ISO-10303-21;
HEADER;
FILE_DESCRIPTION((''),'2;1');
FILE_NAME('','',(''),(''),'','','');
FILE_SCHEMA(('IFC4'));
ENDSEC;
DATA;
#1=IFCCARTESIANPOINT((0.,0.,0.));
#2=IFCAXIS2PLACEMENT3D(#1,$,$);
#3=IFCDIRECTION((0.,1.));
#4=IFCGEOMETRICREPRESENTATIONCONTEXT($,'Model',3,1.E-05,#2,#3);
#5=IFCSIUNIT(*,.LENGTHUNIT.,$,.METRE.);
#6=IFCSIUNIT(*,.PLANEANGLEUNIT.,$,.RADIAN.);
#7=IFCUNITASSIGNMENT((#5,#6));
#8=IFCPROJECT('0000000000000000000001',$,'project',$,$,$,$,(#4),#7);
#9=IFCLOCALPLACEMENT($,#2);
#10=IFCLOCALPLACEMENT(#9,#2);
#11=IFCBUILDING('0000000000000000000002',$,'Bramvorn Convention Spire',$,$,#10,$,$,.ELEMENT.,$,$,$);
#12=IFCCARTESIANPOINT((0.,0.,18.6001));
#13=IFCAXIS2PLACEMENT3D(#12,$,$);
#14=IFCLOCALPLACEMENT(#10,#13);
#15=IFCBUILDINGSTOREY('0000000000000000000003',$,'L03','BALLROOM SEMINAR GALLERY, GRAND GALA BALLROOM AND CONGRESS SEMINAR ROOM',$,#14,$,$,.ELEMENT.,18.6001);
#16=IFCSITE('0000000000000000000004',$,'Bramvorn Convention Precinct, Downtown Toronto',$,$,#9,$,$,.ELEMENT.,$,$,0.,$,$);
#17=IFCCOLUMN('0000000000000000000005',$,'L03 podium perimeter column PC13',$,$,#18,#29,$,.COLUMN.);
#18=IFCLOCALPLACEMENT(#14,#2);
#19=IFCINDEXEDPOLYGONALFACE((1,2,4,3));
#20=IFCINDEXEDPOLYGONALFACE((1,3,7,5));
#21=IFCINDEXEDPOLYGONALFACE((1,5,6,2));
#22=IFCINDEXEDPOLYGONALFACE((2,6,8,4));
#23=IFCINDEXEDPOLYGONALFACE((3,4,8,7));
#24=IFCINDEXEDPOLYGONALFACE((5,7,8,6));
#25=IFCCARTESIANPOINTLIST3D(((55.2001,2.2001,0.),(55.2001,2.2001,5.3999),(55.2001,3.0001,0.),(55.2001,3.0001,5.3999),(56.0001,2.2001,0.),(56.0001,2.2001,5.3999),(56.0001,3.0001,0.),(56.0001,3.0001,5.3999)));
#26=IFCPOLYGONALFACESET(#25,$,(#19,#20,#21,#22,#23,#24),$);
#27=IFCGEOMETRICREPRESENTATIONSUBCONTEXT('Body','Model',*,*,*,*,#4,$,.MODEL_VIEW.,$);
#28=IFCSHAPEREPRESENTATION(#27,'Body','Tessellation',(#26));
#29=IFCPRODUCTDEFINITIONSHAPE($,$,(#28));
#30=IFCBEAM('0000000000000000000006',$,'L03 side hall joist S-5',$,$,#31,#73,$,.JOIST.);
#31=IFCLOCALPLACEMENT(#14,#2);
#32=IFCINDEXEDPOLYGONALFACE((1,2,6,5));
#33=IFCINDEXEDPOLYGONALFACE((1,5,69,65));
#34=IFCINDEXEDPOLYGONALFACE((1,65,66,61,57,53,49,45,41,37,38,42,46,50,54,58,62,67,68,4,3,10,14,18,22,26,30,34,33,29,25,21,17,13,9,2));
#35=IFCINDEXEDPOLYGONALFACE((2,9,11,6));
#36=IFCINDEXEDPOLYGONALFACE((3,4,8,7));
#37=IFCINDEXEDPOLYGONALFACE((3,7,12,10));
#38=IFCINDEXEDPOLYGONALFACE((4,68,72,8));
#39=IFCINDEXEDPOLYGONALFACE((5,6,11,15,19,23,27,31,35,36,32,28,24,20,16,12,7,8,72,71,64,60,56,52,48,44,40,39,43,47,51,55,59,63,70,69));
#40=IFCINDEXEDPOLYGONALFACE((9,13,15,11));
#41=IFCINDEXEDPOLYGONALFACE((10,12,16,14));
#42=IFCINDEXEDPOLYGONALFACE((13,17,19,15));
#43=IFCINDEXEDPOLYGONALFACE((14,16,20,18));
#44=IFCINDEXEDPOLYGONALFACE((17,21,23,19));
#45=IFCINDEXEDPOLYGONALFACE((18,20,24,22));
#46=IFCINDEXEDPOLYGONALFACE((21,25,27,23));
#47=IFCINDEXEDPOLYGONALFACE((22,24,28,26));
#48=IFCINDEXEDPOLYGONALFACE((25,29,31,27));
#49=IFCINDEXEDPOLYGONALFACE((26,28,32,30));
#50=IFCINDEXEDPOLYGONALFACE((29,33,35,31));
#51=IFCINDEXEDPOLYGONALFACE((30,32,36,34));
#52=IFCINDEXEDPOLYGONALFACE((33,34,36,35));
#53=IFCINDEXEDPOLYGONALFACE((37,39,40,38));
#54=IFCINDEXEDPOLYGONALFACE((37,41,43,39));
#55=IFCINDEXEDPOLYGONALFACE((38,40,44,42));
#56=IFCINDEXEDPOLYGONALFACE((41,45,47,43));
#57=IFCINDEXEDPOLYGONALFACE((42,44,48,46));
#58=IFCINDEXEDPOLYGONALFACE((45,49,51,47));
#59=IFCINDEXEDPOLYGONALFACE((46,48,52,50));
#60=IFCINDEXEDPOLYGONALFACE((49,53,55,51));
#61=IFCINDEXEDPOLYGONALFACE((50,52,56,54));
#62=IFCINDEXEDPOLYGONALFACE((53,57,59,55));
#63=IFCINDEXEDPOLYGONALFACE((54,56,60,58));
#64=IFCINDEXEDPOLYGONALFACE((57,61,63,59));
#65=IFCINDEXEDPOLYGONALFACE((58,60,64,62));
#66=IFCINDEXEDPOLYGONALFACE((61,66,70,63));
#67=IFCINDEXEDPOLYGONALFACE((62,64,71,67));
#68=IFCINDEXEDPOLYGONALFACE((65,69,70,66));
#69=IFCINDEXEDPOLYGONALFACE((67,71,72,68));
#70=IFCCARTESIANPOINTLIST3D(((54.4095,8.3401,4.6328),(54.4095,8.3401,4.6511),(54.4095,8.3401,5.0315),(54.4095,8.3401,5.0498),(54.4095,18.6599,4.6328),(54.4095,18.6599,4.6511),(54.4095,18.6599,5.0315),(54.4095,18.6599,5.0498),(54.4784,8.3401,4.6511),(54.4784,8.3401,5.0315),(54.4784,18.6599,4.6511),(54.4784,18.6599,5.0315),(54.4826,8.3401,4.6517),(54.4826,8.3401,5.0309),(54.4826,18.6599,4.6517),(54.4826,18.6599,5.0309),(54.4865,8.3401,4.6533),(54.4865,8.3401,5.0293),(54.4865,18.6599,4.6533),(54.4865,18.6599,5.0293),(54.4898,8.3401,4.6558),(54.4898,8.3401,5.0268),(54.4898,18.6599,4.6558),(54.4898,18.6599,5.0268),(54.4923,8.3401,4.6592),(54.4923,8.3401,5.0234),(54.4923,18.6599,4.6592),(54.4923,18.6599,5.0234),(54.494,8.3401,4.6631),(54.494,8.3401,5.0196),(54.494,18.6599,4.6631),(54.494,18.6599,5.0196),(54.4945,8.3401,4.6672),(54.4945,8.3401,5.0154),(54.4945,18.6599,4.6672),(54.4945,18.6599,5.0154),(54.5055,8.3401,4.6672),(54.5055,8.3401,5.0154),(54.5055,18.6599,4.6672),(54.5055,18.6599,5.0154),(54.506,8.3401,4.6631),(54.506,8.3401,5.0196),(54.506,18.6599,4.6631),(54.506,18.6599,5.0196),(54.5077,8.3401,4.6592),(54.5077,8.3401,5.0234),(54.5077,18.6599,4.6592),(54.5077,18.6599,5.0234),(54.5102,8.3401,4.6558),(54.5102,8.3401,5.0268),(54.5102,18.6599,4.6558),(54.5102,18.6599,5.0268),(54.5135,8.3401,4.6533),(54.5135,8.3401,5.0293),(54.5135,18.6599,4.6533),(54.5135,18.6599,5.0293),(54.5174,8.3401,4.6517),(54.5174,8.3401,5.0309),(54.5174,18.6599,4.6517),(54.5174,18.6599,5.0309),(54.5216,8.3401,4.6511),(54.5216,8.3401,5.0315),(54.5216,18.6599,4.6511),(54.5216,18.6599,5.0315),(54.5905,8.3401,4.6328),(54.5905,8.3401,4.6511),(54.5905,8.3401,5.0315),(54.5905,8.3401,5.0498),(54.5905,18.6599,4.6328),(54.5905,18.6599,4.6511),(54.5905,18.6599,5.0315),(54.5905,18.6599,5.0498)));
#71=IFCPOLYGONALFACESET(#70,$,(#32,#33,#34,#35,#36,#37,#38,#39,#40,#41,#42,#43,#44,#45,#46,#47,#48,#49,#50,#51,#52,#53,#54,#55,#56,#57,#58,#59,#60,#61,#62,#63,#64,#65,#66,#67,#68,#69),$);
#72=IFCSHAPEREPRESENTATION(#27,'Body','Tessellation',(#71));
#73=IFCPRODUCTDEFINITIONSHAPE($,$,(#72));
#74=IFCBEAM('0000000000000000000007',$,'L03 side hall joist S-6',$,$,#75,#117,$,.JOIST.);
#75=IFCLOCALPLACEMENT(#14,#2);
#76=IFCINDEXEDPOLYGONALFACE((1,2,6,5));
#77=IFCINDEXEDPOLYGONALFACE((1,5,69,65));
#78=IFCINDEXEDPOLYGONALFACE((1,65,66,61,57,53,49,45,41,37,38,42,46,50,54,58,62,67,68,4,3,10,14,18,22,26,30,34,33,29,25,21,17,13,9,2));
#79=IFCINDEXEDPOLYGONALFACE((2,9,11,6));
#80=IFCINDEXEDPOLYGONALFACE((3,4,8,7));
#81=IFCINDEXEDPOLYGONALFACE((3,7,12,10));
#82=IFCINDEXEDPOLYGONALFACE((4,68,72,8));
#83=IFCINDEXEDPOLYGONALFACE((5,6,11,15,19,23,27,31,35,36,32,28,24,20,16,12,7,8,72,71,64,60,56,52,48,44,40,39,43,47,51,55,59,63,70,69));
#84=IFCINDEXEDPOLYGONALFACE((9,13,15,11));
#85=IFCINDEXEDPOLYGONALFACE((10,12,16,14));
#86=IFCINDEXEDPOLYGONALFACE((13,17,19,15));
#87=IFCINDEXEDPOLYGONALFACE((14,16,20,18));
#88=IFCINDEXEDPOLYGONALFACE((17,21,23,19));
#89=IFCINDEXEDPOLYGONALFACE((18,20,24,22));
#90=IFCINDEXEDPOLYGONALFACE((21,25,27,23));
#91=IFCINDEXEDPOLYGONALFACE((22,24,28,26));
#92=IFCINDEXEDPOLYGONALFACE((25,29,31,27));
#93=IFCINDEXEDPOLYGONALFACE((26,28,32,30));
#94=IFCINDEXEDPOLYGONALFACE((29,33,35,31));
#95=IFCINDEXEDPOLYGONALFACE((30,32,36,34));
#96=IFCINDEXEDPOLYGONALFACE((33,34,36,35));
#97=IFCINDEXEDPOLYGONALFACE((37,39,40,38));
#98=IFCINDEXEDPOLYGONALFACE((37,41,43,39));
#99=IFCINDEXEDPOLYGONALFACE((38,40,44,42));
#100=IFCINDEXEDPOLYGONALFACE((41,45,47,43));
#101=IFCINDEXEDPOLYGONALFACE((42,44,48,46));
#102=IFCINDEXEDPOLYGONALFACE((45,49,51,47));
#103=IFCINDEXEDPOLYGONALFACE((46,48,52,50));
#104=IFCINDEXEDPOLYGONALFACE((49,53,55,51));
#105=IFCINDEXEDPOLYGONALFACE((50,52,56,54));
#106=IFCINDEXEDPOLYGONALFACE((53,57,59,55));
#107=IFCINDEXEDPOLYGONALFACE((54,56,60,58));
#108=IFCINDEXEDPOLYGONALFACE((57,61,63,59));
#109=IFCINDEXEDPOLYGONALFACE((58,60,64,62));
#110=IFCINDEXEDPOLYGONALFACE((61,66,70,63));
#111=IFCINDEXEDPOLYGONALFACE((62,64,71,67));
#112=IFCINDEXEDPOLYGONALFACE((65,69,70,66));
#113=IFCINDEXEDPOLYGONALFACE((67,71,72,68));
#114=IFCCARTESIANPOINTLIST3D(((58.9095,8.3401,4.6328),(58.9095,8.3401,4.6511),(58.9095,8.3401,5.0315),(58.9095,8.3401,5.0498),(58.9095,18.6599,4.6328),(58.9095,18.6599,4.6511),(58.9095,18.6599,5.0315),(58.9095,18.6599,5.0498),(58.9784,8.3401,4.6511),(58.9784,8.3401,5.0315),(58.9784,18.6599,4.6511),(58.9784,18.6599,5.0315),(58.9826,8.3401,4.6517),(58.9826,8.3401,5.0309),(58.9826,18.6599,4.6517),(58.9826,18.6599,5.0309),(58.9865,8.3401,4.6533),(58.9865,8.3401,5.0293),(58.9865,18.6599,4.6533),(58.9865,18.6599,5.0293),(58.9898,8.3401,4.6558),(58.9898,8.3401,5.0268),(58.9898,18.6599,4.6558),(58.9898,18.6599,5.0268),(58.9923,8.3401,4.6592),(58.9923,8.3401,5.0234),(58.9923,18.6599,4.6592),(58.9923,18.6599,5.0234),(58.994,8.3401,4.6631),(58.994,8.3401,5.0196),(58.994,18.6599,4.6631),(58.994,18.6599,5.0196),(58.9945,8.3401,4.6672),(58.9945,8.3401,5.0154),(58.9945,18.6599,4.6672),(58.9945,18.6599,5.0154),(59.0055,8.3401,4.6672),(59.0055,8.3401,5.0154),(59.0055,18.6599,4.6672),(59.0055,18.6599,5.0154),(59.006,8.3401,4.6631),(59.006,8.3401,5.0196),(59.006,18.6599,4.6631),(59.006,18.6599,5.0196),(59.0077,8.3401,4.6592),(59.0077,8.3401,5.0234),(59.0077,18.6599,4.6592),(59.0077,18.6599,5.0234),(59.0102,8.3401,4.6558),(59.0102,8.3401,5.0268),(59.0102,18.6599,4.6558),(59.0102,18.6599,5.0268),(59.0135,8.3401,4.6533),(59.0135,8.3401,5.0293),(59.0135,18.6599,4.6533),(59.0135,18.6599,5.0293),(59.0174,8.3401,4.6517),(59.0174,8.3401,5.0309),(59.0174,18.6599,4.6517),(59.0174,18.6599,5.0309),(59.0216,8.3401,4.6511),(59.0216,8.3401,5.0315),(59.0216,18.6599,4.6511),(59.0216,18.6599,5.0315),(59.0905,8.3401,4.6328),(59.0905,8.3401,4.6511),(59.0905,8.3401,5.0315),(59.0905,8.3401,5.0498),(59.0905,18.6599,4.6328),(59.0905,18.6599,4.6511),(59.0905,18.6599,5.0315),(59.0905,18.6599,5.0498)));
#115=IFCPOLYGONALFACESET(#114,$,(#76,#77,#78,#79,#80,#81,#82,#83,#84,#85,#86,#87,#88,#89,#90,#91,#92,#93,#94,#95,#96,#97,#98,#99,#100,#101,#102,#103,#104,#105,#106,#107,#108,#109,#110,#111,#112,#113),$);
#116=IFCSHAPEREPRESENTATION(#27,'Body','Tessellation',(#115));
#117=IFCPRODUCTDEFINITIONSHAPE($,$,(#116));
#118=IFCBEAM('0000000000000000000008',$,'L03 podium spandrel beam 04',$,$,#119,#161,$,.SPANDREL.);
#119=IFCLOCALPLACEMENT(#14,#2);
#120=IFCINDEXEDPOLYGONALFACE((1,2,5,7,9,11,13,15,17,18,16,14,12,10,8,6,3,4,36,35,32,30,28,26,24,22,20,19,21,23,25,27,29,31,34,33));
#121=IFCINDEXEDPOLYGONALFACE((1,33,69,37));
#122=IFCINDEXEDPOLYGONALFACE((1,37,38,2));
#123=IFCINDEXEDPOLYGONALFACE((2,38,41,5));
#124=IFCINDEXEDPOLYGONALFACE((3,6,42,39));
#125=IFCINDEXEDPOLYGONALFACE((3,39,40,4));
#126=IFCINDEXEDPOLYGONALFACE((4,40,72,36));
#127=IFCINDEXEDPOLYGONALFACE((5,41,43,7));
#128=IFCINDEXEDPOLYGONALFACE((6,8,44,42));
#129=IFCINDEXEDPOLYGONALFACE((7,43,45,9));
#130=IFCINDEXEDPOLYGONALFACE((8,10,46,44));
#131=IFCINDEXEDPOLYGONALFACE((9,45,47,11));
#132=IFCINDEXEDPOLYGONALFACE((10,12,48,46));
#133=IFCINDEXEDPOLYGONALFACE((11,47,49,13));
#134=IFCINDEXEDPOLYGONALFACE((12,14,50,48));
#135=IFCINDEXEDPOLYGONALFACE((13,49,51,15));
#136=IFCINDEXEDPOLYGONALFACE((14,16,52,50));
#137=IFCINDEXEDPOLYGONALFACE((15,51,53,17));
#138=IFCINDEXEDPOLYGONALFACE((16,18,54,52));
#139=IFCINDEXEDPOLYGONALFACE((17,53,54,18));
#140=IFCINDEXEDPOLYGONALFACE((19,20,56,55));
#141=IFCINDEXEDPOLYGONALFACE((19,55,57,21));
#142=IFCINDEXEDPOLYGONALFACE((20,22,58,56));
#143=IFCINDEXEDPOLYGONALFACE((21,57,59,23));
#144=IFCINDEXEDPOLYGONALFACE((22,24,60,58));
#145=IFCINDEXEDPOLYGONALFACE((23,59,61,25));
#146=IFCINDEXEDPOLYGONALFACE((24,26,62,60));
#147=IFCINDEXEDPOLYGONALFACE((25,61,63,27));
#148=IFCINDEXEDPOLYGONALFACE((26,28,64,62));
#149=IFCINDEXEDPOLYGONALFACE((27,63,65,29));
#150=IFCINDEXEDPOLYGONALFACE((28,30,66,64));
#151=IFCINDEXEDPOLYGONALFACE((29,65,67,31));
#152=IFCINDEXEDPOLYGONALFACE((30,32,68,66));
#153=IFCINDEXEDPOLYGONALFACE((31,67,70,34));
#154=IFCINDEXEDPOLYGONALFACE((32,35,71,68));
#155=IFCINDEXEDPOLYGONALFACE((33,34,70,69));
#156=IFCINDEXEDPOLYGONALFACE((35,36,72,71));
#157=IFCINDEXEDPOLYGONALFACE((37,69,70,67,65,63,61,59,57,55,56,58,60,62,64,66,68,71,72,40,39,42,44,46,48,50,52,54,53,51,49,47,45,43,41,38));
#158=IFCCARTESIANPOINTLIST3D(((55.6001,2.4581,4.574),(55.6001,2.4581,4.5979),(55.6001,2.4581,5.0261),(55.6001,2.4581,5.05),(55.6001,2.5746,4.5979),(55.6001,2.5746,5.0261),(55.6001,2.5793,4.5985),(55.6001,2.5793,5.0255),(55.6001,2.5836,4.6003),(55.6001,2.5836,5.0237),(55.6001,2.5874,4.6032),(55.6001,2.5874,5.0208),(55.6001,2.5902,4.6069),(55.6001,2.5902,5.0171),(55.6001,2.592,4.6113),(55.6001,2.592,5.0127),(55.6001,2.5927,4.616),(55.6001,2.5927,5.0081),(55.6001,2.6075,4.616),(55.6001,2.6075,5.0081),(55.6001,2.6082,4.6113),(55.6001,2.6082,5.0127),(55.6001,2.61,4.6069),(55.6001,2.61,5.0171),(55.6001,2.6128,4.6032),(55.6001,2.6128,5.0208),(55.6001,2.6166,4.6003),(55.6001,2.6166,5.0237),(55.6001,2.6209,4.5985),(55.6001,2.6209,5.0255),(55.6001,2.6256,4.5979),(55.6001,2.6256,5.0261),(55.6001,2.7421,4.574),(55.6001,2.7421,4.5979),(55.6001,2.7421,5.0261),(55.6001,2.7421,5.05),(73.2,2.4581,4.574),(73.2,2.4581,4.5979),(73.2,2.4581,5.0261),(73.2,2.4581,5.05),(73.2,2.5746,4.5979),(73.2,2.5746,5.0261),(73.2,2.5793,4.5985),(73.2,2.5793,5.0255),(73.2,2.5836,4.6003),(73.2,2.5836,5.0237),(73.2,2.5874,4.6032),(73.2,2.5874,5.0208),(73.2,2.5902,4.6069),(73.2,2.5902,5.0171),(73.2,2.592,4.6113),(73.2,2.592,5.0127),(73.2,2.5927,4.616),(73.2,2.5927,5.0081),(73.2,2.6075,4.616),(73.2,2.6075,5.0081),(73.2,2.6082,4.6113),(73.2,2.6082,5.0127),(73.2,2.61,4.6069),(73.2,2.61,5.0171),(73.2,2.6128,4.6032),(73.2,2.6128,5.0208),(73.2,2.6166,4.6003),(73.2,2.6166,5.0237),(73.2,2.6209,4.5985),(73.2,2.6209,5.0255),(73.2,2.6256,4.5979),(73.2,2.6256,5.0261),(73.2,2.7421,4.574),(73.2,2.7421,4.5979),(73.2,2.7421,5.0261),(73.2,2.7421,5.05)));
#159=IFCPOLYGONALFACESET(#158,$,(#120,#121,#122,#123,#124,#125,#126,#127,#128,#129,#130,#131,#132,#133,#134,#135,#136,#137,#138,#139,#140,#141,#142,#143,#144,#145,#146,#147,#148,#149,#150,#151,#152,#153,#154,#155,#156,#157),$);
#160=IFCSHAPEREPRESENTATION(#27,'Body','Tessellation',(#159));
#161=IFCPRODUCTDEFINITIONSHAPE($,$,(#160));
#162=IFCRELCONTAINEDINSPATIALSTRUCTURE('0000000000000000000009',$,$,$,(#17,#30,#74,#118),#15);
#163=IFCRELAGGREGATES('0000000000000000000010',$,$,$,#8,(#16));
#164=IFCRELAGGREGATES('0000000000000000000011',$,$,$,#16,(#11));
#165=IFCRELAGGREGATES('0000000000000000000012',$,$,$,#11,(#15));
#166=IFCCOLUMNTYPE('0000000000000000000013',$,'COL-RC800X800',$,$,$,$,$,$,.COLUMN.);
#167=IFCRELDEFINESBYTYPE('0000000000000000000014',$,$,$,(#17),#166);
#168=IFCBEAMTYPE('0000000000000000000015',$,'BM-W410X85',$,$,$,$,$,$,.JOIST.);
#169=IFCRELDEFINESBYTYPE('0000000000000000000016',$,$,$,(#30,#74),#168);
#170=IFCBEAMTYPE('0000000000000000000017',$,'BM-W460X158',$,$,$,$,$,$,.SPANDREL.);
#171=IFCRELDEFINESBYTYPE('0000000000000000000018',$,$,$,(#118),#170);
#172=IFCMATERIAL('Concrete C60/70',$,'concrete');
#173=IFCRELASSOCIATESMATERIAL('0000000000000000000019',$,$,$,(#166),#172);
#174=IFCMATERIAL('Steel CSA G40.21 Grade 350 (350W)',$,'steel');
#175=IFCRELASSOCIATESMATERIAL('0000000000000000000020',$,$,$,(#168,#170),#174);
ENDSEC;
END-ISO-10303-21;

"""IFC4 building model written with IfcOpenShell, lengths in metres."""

from ifc_helpers import new_model, si_unit, direction, frame, origin, origin_2d, place, context, subcontext, project, spatial, rectangle, i_section, extrude, material, material_profile, profile_set, type_object, element, save


model = new_model("IFC4")

# Units and contexts
model_context = context("Model", 3, precision=1e-05, world=origin(), true_north=direction((0.0, 1.0)))
body_context = subcontext(model_context, "Body", "Model", "MODEL_VIEW")
ifc_project = project(units=[si_unit("LENGTHUNIT", "METRE"), si_unit("PLANEANGLEUNIT", "RADIAN")], contexts=[model_context])

# Site, building, storey
site_placement = place(None, origin())
site = spatial("IfcSite", under=ifc_project, at=site_placement, Name="Bramvorn Convention Precinct, Downtown Toronto", CompositionType="ELEMENT", RefElevation=0.0)
building_placement = place(site_placement, origin())
building = spatial("IfcBuilding", under=site, at=building_placement, Name="Bramvorn Convention Spire", CompositionType="ELEMENT")
storey_placement = place(building_placement, frame((0.0, 0.0, 18.6001)))
storey = spatial("IfcBuildingStorey", under=building, at=storey_placement, Name="L03", Description="BALLROOM SEMINAR GALLERY, GRAND GALA BALLROOM AND CONGRESS SEMINAR ROOM", CompositionType="ELEMENT", Elevation=18.6001)

# Column
ifc_material_1 = material(Name="Concrete C60/70", Category="concrete")
ifc_material_profile_1 = material_profile(ifc_material_1, rectangle(XDim=0.8, YDim=0.8, at=origin_2d()))
ifc_profile_set_1 = profile_set([ifc_material_profile_1], Name="Concrete C60/70 - RC800X800")
column_type = type_object("IfcColumnType", Name="COL-RC800X800", PredefinedType="COLUMN", material=ifc_profile_set_1)
column_placement = place(storey_placement, frame((55.6001, 2.6001, 0.0), z_axis=(0.0, 0.0, 1.0), x_axis=(1.0, 0.0, 0.0)))
element("IfcColumn", 1, at=column_placement, inside=storey, type_object=column_type, Name="L03 podium perimeter column PC13", PredefinedType="COLUMN", context=body_context, shape_type="SweptSolid", body=[
    extrude(rectangle(XDim=0.8, YDim=0.8, at=origin_2d()), origin(), (0.0, 0.0, 1.0), 5.3999),
])

# Beams
ifc_material_2 = material(Name="Steel CSA G40.21 Grade 350 (350W)", Category="steel")
ifc_material_profile_2 = material_profile(ifc_material_2, i_section(OverallWidth=0.1809, OverallDepth=0.417, WebThickness=0.011, FlangeThickness=0.0183, FilletRadius=0.0161, at=origin_2d()))
ifc_profile_set_2 = profile_set([ifc_material_profile_2], Name="Steel CSA G40.21 Grade 350 (350W) - W410X85")
beam_type_1 = type_object("IfcBeamType", Name="BM-W410X85", PredefinedType="JOIST", material=ifc_profile_set_2)
for number, where, z_axis, x_axis, name in (
    (2, (54.5, 8.3401, 4.8413), (0.0, 1.0, 0.0), (-1.0, 0.0, 0.0), "L03 side hall joist S-5"),
    (3, (59.0, 8.3401, 4.8413), (0.0, 1.0, 0.0), (-1.0, 0.0, 0.0), "L03 side hall joist S-6"),
):
    element("IfcBeam", number, at=place(storey_placement, frame(where, z_axis=z_axis, x_axis=x_axis)), inside=storey, type_object=beam_type_1, Name=name, PredefinedType="JOIST", context=body_context, shape_type="SweptSolid", body=[
        extrude(i_section(OverallWidth=0.1809, OverallDepth=0.417, WebThickness=0.011, FlangeThickness=0.0183, FilletRadius=0.0161, at=origin_2d()), origin(), (0.0, 0.0, 1.0), 10.3198),
    ])
ifc_material_profile_3 = material_profile(ifc_material_2, i_section(OverallWidth=0.2839, OverallDepth=0.4761, WebThickness=0.0149, FlangeThickness=0.0239, FilletRadius=0.0181, at=origin_2d()))
ifc_profile_set_3 = profile_set([ifc_material_profile_3], Name="Steel CSA G40.21 Grade 350 (350W) - W460X158")
beam_type_2 = type_object("IfcBeamType", Name="BM-W460X158", PredefinedType="SPANDREL", material=ifc_profile_set_3)
beam_1_placement = place(storey_placement, frame((55.6001, 2.6001, 4.812), z_axis=(1.0, 0.0, 0.0), x_axis=(0.0, 1.0, 0.0)))
element("IfcBeam", 4, at=beam_1_placement, inside=storey, type_object=beam_type_2, Name="L03 podium spandrel beam 04", PredefinedType="SPANDREL", context=body_context, shape_type="SweptSolid", body=[
    extrude(i_section(OverallWidth=0.2839, OverallDepth=0.4761, WebThickness=0.0149, FlangeThickness=0.0239, FilletRadius=0.0181, at=origin_2d()), origin(), (0.0, 0.0, 1.0), 17.5999),
])

save(model, "model.ifc")
